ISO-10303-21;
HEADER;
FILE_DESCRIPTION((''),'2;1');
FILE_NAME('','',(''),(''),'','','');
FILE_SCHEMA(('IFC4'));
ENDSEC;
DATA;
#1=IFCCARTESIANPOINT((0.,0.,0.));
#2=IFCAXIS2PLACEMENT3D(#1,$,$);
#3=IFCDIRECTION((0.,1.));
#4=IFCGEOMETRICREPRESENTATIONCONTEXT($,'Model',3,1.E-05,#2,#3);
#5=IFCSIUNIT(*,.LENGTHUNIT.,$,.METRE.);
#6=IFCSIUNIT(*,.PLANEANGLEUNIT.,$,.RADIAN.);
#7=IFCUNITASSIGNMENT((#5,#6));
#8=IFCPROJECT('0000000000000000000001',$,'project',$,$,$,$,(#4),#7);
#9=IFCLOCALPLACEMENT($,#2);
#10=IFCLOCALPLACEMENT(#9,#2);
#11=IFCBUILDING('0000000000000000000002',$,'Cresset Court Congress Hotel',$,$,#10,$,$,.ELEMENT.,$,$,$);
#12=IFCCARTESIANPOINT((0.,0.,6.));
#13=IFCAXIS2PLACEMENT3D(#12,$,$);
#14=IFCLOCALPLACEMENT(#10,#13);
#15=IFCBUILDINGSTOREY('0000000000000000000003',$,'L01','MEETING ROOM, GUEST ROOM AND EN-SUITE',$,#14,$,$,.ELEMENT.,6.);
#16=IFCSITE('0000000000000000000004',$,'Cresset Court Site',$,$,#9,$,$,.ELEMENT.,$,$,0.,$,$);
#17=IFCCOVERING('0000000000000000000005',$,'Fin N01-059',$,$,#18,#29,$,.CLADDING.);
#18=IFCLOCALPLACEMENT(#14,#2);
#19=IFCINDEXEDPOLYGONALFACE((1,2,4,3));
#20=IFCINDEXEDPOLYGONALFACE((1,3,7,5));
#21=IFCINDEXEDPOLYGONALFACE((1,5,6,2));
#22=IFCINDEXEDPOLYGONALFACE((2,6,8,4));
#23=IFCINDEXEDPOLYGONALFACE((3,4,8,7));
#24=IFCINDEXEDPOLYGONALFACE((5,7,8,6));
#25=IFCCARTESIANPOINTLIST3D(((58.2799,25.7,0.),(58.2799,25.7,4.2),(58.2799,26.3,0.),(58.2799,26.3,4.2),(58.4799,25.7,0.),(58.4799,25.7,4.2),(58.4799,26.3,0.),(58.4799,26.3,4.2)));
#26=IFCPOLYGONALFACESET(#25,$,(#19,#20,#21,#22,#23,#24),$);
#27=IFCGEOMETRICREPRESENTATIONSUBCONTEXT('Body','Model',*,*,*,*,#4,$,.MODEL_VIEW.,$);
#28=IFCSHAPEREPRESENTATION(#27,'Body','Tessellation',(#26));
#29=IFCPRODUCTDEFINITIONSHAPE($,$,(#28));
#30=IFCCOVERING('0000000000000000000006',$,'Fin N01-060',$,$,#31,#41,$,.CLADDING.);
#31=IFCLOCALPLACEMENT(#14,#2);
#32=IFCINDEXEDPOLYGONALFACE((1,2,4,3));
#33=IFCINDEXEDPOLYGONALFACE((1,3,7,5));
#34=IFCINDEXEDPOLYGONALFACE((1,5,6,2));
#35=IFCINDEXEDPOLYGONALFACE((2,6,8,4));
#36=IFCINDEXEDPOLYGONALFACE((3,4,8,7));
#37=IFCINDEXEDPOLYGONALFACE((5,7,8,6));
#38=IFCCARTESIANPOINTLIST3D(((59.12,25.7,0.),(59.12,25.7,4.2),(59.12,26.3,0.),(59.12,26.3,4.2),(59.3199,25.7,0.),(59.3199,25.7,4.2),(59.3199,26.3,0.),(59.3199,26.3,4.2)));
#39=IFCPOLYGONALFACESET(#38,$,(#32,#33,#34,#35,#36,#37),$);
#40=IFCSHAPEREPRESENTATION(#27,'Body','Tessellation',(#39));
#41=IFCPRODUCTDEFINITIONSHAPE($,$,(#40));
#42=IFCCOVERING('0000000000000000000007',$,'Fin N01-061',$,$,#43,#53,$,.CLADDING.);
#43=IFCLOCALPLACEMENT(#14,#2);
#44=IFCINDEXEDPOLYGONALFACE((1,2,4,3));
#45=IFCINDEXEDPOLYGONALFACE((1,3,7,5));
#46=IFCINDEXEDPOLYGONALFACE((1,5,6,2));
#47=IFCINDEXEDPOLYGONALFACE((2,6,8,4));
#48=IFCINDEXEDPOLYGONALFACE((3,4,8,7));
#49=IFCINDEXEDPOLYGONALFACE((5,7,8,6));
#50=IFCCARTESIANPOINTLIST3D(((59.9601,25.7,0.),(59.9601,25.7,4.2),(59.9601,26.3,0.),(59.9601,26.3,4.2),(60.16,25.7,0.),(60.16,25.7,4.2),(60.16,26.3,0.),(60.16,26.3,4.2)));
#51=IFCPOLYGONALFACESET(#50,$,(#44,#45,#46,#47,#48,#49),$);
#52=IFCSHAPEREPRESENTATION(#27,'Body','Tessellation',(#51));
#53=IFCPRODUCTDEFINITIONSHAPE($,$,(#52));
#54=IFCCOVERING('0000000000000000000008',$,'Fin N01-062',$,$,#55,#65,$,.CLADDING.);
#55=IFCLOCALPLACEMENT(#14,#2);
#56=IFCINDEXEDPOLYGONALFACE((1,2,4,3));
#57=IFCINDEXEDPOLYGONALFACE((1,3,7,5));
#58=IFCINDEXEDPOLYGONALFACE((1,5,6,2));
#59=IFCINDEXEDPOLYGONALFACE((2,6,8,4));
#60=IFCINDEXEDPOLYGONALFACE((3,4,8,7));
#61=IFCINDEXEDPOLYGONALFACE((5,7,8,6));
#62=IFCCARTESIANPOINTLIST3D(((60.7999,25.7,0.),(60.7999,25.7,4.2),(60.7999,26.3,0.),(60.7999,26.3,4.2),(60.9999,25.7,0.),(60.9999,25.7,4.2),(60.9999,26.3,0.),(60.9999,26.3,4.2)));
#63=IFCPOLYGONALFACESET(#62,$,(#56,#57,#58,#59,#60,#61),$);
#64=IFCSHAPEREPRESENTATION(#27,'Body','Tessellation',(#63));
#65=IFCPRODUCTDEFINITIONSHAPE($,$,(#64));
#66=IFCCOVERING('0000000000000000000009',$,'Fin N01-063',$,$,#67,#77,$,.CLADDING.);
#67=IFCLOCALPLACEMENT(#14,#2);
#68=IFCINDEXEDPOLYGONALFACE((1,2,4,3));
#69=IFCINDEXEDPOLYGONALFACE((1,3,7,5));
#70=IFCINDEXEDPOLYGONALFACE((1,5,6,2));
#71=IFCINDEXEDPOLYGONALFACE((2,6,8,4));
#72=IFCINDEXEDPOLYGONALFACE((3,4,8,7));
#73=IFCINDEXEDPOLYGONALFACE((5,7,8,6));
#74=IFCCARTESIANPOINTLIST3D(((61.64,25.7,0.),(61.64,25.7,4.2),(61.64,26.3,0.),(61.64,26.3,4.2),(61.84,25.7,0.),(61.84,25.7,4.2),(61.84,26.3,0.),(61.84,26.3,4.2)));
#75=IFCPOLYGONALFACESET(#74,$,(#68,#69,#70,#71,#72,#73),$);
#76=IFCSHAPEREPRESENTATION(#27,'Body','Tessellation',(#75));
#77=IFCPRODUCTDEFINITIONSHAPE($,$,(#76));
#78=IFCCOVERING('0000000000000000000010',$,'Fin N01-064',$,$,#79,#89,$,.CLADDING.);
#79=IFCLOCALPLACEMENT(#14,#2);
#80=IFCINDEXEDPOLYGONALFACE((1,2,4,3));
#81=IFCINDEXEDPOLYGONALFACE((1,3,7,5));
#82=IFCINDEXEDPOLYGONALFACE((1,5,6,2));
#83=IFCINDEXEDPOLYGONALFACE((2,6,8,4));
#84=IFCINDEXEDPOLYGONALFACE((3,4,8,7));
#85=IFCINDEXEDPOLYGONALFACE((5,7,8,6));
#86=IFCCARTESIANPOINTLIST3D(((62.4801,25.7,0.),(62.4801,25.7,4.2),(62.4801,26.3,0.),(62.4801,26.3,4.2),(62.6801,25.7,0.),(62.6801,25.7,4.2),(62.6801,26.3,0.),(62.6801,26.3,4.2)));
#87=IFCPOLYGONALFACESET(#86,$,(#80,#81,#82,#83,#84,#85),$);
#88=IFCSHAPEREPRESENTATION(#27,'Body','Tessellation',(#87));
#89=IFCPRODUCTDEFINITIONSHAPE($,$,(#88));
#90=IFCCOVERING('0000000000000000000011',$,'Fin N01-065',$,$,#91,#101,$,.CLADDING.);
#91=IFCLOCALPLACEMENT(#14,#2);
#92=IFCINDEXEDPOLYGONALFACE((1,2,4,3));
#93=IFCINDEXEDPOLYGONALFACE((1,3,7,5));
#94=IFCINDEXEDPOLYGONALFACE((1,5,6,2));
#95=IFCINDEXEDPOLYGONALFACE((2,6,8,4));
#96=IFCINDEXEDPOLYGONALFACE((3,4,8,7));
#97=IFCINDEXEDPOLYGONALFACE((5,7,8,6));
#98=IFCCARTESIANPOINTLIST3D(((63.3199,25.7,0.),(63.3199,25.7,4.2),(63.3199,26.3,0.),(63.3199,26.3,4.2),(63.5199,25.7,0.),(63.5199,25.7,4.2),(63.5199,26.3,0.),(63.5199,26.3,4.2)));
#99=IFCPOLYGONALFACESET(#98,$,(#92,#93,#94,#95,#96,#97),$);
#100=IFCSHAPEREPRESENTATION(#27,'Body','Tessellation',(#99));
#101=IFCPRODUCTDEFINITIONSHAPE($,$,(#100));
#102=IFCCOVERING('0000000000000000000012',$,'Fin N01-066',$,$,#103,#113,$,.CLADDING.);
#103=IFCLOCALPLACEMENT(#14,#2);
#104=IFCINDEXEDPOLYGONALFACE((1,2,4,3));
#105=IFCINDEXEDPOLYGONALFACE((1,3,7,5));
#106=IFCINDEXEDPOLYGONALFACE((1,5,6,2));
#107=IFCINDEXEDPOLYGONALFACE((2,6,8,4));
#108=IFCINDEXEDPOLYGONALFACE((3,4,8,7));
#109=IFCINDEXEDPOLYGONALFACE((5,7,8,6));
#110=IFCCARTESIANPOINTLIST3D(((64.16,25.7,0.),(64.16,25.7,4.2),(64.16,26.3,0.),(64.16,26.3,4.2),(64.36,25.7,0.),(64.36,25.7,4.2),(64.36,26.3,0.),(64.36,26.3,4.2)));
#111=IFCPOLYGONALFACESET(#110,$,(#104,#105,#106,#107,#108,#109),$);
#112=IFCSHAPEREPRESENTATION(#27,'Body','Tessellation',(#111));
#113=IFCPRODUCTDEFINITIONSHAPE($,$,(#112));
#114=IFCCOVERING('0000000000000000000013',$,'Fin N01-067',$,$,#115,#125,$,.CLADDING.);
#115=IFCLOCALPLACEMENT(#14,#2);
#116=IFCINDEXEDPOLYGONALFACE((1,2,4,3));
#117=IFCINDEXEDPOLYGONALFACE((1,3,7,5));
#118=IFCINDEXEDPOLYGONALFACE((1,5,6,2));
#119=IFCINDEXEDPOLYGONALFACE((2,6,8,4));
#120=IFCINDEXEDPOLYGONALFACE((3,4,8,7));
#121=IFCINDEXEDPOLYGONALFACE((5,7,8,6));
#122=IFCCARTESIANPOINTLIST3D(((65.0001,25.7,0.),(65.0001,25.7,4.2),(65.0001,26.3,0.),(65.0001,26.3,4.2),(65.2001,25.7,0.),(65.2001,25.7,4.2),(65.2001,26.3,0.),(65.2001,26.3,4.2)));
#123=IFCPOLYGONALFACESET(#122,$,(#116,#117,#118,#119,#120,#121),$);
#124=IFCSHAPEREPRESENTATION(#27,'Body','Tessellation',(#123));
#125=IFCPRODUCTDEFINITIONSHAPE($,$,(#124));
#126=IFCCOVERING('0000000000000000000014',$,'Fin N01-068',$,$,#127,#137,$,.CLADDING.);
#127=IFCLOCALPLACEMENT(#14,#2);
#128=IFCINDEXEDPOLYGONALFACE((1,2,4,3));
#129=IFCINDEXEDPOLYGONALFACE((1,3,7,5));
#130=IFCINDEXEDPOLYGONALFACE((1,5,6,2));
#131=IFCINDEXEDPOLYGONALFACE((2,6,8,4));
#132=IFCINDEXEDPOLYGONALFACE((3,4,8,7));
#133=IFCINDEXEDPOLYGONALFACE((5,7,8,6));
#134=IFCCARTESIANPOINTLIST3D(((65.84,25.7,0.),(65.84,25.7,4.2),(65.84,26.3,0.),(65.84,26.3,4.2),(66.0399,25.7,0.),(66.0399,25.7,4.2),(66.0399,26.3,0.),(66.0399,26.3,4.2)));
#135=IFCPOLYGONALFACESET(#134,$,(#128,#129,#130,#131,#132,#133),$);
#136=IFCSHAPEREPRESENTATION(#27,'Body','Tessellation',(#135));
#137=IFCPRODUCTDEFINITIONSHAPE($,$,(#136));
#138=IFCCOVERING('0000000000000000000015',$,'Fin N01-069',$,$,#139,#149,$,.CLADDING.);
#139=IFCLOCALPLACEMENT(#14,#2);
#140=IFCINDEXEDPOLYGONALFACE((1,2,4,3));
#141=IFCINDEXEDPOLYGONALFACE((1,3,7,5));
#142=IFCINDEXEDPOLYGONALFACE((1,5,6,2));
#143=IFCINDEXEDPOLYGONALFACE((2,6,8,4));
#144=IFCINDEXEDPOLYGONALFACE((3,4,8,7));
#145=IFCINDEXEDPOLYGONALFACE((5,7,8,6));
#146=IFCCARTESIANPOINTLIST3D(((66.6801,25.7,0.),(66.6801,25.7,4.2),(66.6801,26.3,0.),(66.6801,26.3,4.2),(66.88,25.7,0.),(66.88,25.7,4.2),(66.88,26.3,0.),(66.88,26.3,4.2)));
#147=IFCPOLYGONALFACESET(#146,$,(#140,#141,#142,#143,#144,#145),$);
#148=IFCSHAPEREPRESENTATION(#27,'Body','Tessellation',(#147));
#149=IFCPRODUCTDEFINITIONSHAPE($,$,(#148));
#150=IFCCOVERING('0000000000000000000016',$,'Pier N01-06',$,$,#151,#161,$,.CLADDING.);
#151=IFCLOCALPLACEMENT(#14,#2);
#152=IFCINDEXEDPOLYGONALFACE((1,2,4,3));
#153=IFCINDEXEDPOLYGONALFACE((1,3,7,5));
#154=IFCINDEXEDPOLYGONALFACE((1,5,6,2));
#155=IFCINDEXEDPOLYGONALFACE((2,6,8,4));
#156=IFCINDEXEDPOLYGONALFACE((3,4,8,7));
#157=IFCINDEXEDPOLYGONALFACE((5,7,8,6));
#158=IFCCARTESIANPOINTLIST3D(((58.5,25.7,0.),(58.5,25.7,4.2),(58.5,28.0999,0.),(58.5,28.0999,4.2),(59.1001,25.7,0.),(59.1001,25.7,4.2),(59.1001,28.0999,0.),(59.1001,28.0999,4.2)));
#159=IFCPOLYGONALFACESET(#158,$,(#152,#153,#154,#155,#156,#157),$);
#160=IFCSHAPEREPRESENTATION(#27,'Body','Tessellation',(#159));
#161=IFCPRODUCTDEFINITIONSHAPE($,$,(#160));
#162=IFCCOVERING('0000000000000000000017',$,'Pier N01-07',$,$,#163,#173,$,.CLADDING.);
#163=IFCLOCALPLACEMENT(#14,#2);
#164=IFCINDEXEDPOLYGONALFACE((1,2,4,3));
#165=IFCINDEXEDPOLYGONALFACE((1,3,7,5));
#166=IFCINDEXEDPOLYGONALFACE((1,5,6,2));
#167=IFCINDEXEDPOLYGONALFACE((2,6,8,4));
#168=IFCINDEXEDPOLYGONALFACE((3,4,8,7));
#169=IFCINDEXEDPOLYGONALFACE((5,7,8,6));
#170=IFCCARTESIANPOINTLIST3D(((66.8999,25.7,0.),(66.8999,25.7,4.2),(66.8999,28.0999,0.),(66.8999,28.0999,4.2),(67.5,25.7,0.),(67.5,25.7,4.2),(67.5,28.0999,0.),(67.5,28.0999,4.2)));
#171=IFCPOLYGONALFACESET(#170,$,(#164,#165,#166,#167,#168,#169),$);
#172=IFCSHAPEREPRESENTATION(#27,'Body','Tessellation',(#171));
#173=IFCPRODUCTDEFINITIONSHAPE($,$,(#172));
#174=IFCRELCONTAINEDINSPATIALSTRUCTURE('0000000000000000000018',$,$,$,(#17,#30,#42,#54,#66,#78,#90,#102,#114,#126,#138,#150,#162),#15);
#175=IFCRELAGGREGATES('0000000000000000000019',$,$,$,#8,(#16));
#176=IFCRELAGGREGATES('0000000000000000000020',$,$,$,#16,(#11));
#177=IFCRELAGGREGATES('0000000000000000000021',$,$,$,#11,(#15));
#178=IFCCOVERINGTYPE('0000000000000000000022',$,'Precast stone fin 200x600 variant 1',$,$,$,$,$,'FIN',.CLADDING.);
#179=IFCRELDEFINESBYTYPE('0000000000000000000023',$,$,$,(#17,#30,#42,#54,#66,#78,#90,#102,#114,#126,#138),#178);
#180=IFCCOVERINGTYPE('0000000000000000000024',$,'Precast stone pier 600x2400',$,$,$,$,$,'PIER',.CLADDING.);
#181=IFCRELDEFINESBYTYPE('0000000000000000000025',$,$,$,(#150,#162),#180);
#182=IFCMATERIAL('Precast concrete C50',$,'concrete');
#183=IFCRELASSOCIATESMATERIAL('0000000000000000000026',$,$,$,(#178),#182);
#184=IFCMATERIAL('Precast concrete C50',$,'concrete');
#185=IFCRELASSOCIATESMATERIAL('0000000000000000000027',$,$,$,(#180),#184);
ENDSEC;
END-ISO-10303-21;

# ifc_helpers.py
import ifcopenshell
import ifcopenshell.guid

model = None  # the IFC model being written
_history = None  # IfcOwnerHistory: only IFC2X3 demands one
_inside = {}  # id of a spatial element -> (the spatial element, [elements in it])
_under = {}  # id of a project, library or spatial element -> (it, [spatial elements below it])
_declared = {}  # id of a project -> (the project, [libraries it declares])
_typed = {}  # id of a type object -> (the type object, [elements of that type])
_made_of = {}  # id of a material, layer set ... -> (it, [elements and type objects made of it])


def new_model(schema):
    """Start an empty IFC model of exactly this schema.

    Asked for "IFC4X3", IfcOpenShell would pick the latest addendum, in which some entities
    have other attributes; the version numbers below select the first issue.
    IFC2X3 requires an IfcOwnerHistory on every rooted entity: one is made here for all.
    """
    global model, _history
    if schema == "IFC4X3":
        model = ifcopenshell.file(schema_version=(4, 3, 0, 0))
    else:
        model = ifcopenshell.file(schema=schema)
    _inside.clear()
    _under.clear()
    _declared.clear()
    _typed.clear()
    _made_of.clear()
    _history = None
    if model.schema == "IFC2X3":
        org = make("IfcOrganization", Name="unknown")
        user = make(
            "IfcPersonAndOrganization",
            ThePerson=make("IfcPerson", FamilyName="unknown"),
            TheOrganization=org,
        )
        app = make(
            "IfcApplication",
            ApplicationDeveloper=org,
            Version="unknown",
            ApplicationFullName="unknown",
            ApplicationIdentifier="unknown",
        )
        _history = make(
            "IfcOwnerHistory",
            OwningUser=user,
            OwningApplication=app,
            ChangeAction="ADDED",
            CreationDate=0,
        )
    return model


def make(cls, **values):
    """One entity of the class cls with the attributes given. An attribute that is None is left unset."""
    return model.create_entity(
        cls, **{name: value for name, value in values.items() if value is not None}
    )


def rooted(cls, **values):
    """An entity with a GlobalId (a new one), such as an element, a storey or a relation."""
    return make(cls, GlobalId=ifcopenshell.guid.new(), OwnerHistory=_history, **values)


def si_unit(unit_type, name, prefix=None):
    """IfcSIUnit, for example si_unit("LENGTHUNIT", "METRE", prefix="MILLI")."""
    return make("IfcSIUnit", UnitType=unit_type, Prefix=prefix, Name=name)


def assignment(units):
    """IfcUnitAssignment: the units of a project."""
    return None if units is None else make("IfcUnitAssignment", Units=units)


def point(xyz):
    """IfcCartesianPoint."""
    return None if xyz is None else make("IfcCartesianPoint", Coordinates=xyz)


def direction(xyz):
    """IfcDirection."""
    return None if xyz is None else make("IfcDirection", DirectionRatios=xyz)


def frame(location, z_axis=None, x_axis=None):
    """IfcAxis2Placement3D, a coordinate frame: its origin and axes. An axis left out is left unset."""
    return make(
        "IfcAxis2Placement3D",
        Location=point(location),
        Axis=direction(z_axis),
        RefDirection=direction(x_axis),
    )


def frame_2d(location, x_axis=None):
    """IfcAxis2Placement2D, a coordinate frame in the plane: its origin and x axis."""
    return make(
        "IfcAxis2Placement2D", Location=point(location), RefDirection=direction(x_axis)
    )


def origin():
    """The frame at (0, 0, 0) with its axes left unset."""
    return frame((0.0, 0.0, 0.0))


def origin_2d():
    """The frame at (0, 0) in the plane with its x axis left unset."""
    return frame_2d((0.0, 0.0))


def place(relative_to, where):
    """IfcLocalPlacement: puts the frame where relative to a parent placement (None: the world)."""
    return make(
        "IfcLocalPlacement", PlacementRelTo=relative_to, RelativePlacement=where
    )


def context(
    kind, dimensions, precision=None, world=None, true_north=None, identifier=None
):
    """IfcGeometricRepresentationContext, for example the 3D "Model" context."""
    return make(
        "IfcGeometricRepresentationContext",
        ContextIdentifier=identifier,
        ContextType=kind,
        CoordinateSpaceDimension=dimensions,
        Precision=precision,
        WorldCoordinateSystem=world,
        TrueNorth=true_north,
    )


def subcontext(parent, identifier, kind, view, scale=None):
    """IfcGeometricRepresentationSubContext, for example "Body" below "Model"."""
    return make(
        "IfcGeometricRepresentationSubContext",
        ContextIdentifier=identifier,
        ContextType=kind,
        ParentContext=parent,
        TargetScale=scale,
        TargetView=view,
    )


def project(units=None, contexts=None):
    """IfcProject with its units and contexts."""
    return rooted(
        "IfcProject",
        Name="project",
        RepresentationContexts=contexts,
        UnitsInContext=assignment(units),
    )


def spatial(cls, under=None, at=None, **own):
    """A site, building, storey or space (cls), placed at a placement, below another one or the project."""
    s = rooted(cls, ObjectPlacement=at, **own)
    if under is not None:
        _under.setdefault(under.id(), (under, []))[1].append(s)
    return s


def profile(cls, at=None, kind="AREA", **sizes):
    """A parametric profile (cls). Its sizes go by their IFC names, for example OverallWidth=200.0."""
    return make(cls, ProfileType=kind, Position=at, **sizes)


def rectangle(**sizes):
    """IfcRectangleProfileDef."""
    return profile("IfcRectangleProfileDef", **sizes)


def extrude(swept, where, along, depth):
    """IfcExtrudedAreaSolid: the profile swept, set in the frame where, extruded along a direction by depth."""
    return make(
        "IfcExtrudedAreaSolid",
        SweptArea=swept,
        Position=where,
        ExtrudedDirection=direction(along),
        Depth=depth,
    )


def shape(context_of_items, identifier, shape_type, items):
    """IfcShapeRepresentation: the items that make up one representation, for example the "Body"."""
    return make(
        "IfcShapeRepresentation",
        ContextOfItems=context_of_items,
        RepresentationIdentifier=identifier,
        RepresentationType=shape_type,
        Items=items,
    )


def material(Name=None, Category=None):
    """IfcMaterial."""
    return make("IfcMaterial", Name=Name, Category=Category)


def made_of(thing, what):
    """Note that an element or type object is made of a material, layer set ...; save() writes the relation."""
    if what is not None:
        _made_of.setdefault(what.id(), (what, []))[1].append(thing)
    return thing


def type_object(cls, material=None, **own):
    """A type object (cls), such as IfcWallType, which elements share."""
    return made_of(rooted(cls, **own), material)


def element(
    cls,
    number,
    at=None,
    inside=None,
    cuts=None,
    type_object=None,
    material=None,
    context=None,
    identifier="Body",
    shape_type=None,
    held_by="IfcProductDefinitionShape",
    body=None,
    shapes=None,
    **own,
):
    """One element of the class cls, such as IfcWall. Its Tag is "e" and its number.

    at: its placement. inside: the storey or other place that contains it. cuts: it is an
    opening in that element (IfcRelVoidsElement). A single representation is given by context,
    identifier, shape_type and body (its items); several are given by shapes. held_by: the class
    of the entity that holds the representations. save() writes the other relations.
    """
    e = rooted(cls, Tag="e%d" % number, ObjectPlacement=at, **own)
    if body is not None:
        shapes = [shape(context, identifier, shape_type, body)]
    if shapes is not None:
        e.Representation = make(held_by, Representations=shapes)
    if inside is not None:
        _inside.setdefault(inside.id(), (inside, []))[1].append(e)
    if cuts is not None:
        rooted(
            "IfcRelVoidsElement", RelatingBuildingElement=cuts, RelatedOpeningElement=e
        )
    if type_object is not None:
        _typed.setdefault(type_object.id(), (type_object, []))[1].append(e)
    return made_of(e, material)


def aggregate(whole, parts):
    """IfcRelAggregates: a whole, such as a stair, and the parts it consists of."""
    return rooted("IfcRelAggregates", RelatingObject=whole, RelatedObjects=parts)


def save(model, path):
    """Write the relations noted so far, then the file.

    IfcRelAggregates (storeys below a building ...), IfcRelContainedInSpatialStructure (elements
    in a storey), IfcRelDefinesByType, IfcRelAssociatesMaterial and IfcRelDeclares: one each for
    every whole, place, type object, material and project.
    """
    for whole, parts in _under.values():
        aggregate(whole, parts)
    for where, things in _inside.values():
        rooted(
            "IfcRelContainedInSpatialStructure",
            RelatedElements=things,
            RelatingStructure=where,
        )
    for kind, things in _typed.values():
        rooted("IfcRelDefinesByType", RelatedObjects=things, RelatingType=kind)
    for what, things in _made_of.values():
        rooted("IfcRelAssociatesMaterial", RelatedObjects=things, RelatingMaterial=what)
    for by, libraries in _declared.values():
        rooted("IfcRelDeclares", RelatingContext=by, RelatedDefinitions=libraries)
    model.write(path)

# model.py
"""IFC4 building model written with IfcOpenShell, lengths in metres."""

from ifc_helpers import new_model, si_unit, direction, frame, origin, origin_2d, place, context, subcontext, project, spatial, rectangle, extrude, material, type_object, element, save


model = new_model("IFC4")

# Units and contexts
model_context = context("Model", 3, precision=1e-05, world=origin(), true_north=direction((0.0, 1.0)))
body_context = subcontext(model_context, "Body", "Model", "MODEL_VIEW")
ifc_project = project(units=[si_unit("LENGTHUNIT", "METRE"), si_unit("PLANEANGLEUNIT", "RADIAN")], contexts=[model_context])

# Site, building, storey
site_placement = place(None, origin())
site = spatial("IfcSite", under=ifc_project, at=site_placement, Name="Cresset Court Site", CompositionType="ELEMENT", RefElevation=0.0)
building_placement = place(site_placement, origin())
building = spatial("IfcBuilding", under=site, at=building_placement, Name="Cresset Court Congress Hotel", CompositionType="ELEMENT")
storey_placement = place(building_placement, frame((0.0, 0.0, 6.0)))
storey = spatial("IfcBuildingStorey", under=building, at=storey_placement, Name="L01", Description="MEETING ROOM, GUEST ROOM AND EN-SUITE", CompositionType="ELEMENT", Elevation=6.0)

# Coverings
ifc_material_1 = material(Name="Precast concrete C50", Category="concrete")
covering_type_1 = type_object("IfcCoveringType", Name="Precast stone fin 200x600 variant 1", ElementType="FIN", PredefinedType="CLADDING", material=ifc_material_1)
for number, where, z_axis, x_axis, name in (
    (1, (58.3799, 26.0, 0.0), (0.0, 0.0, 1.0), (1.0, 0.0, 0.0), "Fin N01-059"),
    (2, (59.22, 26.0, 0.0), (0.0, 0.0, 1.0), (1.0, 0.0, 0.0), "Fin N01-060"),
    (3, (60.0601, 26.0, 0.0), (0.0, 0.0, 1.0), (1.0, 0.0, 0.0), "Fin N01-061"),
    (4, (60.8999, 26.0, 0.0), (0.0, 0.0, 1.0), (1.0, 0.0, 0.0), "Fin N01-062"),
    (5, (61.74, 26.0, 0.0), (0.0, 0.0, 1.0), (1.0, 0.0, 0.0), "Fin N01-063"),
    (6, (62.5801, 26.0, 0.0), (0.0, 0.0, 1.0), (1.0, 0.0, 0.0), "Fin N01-064"),
    (7, (63.4199, 26.0, 0.0), (0.0, 0.0, 1.0), (1.0, 0.0, 0.0), "Fin N01-065"),
    (8, (64.26, 26.0, 0.0), (0.0, 0.0, 1.0), (1.0, 0.0, 0.0), "Fin N01-066"),
    (9, (65.1001, 26.0, 0.0), (0.0, 0.0, 1.0), (1.0, 0.0, 0.0), "Fin N01-067"),
    (10, (65.9399, 26.0, 0.0), (0.0, 0.0, 1.0), (1.0, 0.0, 0.0), "Fin N01-068"),
    (11, (66.78, 26.0, 0.0), (0.0, 0.0, 1.0), (1.0, 0.0, 0.0), "Fin N01-069"),
):
    element("IfcCovering", number, at=place(storey_placement, frame(where, z_axis=z_axis, x_axis=x_axis)), inside=storey, type_object=covering_type_1, Name=name, PredefinedType="CLADDING", context=body_context, shape_type="SweptSolid", body=[
        extrude(rectangle(XDim=0.2, YDim=0.6001, at=origin_2d()), origin(), (0.0, 0.0, 1.0), 4.2),
    ])
ifc_material_2 = material(Name="Precast concrete C50", Category="concrete")
covering_type_2 = type_object("IfcCoveringType", Name="Precast stone pier 600x2400", ElementType="PIER", PredefinedType="CLADDING", material=ifc_material_2)
for number, where, z_axis, x_axis, name in (
    (12, (58.8, 26.8999, 0.0), (0.0, 0.0, 1.0), (1.0, 0.0, 0.0), "Pier N01-06"),
    (13, (67.2, 26.8999, 0.0), (0.0, 0.0, 1.0), (1.0, 0.0, 0.0), "Pier N01-07"),
):
    element("IfcCovering", number, at=place(storey_placement, frame(where, z_axis=z_axis, x_axis=x_axis)), inside=storey, type_object=covering_type_2, Name=name, PredefinedType="CLADDING", context=body_context, shape_type="SweptSolid", body=[
        extrude(rectangle(XDim=0.6001, YDim=2.3999, at=origin_2d()), origin(), (0.0, 0.0, 1.0), 4.2),
    ])

save(model, "model.ifc")
